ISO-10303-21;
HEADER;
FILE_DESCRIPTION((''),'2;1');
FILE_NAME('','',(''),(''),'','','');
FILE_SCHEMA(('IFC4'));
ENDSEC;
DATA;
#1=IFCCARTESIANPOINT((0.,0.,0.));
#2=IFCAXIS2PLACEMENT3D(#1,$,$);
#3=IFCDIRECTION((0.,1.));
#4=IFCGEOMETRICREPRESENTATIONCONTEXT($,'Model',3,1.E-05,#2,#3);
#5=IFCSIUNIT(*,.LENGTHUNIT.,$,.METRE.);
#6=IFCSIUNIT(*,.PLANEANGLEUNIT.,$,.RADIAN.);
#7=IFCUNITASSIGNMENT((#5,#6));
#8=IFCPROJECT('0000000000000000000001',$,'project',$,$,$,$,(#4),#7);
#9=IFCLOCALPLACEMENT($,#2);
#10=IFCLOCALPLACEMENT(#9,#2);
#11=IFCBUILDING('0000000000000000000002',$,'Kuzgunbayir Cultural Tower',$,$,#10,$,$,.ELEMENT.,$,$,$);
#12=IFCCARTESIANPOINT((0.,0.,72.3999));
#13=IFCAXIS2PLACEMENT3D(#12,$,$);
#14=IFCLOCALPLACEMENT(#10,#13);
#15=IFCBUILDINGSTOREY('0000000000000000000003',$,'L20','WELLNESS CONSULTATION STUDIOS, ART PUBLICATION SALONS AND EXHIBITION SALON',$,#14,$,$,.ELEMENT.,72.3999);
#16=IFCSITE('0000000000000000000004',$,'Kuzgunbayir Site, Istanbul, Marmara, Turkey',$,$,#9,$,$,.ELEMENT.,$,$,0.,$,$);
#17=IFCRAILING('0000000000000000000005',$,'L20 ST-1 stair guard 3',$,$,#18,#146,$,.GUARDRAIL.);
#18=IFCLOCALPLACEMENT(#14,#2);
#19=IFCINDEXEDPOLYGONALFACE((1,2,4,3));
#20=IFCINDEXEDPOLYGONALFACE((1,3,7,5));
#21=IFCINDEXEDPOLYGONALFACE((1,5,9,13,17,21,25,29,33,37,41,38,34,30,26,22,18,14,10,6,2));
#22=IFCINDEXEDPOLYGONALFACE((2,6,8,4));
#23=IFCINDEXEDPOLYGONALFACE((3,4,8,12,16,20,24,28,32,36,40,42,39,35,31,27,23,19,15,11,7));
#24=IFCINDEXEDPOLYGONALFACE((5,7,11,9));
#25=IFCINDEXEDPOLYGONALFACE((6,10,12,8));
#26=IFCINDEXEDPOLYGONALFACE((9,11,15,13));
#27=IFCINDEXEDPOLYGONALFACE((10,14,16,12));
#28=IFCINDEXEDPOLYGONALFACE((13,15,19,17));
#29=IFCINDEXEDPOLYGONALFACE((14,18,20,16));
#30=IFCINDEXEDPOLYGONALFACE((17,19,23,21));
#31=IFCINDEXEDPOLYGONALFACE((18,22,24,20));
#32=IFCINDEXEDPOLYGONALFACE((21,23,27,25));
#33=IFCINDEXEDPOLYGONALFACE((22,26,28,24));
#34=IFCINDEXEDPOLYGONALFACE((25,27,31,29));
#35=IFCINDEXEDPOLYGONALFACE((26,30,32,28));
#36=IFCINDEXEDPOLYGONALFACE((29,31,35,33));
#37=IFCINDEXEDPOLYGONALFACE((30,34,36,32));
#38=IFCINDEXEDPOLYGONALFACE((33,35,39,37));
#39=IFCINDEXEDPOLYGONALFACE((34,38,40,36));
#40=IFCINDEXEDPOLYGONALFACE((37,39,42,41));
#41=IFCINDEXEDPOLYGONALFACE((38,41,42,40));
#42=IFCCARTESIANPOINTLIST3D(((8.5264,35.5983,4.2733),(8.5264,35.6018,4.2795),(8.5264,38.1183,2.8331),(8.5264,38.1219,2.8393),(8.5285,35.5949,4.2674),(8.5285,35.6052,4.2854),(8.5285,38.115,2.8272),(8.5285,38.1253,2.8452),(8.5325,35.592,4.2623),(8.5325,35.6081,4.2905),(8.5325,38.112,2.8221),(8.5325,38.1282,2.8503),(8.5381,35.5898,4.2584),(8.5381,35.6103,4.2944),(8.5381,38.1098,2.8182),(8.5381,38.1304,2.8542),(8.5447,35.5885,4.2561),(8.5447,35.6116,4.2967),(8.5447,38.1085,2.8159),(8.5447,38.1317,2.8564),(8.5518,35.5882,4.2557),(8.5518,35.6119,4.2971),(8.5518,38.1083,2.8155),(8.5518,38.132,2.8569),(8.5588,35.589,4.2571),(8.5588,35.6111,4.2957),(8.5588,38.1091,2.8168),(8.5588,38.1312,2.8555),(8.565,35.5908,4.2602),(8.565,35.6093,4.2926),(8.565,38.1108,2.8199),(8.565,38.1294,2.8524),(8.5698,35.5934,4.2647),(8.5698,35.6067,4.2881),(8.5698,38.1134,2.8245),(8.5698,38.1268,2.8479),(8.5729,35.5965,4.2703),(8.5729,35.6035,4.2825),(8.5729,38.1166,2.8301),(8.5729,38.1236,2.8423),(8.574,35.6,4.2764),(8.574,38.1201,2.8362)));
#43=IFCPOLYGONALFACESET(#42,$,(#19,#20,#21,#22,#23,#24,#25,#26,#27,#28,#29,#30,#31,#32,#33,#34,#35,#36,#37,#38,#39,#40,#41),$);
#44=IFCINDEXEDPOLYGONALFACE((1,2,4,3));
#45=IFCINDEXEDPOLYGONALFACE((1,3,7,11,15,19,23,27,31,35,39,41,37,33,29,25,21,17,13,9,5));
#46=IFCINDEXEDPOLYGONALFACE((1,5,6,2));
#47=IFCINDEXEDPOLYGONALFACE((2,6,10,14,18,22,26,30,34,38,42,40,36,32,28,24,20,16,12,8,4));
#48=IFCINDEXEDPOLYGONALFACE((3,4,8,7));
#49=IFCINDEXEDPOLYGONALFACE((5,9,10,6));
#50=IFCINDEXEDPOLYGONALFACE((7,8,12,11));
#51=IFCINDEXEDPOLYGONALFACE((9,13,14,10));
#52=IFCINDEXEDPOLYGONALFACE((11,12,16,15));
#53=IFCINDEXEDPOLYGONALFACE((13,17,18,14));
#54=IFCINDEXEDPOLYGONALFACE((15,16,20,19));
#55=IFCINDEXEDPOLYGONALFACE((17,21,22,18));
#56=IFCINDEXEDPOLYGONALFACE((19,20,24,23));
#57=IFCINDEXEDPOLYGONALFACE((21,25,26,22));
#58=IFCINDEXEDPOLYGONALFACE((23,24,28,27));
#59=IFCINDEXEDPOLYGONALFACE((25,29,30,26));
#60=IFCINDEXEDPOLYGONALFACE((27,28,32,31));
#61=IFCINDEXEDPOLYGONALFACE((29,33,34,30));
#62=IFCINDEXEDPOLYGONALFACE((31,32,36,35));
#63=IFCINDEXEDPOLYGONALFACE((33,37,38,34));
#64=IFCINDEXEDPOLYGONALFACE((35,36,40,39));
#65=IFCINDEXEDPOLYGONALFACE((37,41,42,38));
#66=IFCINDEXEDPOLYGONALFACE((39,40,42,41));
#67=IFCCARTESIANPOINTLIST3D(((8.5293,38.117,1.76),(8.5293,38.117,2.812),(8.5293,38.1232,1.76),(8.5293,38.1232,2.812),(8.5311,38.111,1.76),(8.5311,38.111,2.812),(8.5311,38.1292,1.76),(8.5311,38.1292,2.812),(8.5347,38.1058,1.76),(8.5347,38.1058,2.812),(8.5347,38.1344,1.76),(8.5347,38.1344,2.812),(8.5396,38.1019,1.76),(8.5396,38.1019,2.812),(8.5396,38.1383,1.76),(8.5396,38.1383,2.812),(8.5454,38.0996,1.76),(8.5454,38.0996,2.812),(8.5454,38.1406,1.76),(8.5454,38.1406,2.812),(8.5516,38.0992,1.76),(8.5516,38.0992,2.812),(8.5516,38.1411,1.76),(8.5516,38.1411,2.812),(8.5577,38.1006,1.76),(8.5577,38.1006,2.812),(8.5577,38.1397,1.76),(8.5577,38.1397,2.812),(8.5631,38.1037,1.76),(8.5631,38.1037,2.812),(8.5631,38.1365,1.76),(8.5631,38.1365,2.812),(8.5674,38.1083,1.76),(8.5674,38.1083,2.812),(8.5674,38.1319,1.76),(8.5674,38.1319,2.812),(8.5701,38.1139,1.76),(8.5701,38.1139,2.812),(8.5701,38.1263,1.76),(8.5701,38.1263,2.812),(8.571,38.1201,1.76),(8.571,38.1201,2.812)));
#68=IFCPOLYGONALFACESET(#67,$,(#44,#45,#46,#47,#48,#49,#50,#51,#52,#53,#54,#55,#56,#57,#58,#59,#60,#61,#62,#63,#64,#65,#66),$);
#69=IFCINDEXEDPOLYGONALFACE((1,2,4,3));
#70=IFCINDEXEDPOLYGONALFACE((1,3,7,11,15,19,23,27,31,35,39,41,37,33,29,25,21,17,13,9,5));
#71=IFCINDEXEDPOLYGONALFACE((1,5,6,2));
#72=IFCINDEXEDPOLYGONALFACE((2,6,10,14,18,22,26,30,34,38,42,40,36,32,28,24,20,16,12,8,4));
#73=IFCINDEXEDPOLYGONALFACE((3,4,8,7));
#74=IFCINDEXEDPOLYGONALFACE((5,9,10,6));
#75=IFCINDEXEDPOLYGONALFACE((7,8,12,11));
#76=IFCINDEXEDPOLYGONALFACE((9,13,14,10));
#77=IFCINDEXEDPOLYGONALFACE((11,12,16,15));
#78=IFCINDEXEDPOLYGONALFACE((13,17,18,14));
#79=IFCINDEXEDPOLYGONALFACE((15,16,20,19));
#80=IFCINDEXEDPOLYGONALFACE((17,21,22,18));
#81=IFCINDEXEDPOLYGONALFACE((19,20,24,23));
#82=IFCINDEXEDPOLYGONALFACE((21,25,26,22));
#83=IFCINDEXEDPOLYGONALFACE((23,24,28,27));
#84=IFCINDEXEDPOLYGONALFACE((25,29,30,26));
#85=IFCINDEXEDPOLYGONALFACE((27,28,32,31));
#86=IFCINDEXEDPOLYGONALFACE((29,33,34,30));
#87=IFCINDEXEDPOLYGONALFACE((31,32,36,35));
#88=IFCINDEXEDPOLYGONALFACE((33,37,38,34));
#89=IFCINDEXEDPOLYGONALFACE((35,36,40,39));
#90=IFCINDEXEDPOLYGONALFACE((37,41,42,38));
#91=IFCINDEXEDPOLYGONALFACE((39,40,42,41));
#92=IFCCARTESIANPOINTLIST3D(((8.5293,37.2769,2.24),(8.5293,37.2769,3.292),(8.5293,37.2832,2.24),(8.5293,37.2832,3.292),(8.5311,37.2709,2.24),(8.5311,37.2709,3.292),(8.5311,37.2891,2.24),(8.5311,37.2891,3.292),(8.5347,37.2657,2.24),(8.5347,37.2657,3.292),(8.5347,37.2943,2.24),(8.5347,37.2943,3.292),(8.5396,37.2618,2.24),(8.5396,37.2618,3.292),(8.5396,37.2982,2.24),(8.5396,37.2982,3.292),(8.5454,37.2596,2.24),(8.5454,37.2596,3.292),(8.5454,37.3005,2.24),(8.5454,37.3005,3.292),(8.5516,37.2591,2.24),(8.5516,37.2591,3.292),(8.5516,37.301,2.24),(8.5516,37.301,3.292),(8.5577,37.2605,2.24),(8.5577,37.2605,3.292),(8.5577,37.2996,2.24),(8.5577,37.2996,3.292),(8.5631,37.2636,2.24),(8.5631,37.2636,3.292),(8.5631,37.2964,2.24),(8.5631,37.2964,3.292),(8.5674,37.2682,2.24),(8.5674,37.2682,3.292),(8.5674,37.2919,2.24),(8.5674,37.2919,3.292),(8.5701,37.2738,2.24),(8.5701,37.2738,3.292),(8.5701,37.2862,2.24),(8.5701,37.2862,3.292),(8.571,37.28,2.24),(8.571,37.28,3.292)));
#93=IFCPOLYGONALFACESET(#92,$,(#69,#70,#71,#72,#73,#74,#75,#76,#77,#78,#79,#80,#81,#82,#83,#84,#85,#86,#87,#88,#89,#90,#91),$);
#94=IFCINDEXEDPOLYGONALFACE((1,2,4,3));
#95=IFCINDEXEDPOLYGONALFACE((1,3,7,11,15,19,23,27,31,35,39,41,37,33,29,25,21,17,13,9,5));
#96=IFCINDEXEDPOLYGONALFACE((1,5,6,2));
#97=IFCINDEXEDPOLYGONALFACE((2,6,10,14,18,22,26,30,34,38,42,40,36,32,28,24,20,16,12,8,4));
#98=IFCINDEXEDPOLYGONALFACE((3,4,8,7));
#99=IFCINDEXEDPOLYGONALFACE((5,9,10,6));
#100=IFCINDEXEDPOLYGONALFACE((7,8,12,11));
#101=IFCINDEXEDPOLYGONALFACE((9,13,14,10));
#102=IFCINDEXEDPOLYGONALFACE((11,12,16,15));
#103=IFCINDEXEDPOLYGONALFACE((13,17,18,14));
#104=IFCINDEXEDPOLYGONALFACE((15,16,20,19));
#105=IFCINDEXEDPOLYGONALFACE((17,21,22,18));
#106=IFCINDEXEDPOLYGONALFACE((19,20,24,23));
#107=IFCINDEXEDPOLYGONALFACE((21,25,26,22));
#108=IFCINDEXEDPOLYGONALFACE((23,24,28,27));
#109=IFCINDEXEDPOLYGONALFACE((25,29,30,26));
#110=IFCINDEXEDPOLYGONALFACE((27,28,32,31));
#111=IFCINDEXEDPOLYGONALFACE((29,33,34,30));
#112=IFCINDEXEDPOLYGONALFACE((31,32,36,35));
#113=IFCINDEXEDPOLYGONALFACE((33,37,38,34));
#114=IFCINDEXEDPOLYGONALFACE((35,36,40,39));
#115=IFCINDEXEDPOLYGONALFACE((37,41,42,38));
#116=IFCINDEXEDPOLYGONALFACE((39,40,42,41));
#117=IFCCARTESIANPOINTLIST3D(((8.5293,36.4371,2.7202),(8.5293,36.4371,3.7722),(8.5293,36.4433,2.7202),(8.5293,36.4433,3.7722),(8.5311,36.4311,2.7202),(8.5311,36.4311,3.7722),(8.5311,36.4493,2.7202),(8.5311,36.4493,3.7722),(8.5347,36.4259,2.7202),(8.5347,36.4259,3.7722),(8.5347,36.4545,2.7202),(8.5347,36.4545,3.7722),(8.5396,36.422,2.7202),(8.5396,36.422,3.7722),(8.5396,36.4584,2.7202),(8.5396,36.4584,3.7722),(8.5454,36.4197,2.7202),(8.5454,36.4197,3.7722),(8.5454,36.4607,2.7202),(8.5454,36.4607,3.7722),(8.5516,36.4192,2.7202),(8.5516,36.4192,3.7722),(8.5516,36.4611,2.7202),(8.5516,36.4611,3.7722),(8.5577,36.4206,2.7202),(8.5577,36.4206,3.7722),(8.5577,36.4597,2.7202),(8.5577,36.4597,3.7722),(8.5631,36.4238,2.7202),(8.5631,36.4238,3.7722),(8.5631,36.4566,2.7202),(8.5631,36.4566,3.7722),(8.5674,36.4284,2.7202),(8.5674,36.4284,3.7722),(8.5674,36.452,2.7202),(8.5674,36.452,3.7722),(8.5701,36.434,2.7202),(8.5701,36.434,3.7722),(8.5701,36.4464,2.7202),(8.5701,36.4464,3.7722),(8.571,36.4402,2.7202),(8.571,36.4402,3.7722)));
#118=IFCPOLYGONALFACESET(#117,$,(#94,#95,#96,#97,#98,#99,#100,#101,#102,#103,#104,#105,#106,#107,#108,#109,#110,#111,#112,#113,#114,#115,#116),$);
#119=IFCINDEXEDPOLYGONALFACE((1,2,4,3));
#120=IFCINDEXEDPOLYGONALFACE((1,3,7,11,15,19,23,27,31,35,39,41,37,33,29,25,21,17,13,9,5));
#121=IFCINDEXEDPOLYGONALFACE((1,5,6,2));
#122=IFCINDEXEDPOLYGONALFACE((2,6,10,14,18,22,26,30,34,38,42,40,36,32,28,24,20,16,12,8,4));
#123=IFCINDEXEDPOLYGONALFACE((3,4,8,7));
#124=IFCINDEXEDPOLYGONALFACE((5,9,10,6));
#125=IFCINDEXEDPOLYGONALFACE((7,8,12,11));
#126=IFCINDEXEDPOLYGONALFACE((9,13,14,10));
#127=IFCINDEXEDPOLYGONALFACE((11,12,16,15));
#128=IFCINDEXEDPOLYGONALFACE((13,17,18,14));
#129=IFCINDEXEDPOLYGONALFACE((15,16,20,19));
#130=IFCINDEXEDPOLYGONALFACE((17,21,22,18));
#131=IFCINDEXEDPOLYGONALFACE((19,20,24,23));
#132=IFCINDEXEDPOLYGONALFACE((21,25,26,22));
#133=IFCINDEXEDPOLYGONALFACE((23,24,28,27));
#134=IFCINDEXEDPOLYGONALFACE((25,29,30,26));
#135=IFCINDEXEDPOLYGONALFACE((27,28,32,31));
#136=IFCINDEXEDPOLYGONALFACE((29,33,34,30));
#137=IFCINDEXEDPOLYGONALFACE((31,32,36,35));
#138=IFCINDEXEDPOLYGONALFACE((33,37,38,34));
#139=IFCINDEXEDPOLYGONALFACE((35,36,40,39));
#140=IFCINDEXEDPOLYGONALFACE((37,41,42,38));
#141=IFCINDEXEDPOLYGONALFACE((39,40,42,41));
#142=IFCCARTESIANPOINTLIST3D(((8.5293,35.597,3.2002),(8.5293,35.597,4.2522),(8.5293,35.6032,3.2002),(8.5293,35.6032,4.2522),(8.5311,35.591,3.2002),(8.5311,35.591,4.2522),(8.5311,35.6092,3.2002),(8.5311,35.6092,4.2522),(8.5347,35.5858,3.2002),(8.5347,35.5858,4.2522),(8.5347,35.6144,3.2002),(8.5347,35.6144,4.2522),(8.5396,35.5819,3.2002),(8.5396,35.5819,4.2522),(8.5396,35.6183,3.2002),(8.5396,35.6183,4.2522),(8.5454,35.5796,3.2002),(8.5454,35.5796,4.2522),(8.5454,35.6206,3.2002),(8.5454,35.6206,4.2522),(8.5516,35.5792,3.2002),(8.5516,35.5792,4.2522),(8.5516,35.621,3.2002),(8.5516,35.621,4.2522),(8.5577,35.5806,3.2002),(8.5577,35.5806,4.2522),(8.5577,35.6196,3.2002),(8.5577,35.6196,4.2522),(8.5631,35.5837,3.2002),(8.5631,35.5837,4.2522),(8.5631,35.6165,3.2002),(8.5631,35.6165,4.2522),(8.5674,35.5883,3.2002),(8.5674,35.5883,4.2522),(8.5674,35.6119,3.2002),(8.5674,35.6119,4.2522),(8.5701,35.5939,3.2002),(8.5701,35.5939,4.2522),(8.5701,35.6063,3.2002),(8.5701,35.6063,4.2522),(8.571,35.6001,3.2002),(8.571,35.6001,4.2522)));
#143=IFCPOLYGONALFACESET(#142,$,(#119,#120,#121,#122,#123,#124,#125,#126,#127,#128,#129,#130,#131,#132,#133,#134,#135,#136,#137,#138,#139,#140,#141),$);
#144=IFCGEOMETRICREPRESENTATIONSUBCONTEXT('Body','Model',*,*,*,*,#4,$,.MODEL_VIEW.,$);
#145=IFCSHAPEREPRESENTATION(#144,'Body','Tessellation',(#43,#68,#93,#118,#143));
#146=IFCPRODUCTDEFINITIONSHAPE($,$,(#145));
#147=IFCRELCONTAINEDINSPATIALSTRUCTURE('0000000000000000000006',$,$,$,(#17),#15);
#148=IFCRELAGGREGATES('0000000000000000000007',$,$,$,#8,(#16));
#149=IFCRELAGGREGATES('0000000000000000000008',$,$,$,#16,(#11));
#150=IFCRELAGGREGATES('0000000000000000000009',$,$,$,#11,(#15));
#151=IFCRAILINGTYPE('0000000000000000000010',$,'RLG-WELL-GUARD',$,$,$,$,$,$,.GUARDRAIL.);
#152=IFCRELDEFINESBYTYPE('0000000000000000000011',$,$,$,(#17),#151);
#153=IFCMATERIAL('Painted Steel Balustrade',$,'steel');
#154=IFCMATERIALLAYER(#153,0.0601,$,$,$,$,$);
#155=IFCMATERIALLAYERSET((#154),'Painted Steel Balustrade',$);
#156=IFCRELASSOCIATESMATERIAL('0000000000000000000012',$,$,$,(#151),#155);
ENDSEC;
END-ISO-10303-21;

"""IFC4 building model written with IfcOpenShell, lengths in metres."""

from ifc_helpers import new_model, si_unit, direction, frame, origin, origin_2d, place, context, subcontext, project, spatial, circle, extrude, material, layer, layer_set, type_object, element, save


model = new_model("IFC4")

# Units and contexts
model_context = context("Model", 3, precision=1e-05, world=origin(), true_north=direction((0.0, 1.0)))
body_context = subcontext(model_context, "Body", "Model", "MODEL_VIEW")
ifc_project = project(units=[si_unit("LENGTHUNIT", "METRE"), si_unit("PLANEANGLEUNIT", "RADIAN")], contexts=[model_context])

# Site, building, storey
site_placement = place(None, origin())
site = spatial("IfcSite", under=ifc_project, at=site_placement, Name="Kuzgunbayir Site, Istanbul, Marmara, Turkey", CompositionType="ELEMENT", RefElevation=0.0)
building_placement = place(site_placement, origin())
building = spatial("IfcBuilding", under=site, at=building_placement, Name="Kuzgunbayir Cultural Tower", CompositionType="ELEMENT")
storey_placement = place(building_placement, frame((0.0, 0.0, 72.3999)))
storey = spatial("IfcBuildingStorey", under=building, at=storey_placement, Name="L20", Description="WELLNESS CONSULTATION STUDIOS, ART PUBLICATION SALONS AND EXHIBITION SALON", CompositionType="ELEMENT", Elevation=72.3999)

# Railing
ifc_material_1 = material(Name="Painted Steel Balustrade", Category="steel")
ifc_layer_1 = layer(ifc_material_1, 0.0601)
ifc_layer_set_1 = layer_set([ifc_layer_1], Name="Painted Steel Balustrade")
railing_type_1 = type_object("IfcRailingType", Name="RLG-WELL-GUARD", PredefinedType="GUARDRAIL", material=ifc_layer_set_1)
railing_1_placement = place(storey_placement, frame((8.55, 38.1201, 1.76)))
element("IfcRailing", 1, at=railing_1_placement, inside=storey, type_object=railing_type_1, Name="L20 ST-1 stair guard 3", PredefinedType="GUARDRAIL", context=body_context, shape_type="SweptSolid", body=[
    extrude(circle(Radius=0.0239, at=origin_2d()), frame((0.0, 0.0, 1.0762), z_axis=(0.0, -0.868217, 0.496184), x_axis=(1.0, 0.0, 0.0)), (0.0, 0.0, 1.0), 2.9026),
    extrude(circle(Radius=0.021, at=origin_2d()), origin(), (0.0, 0.0, 1.0), 1.052),
    extrude(circle(Radius=0.021, at=origin_2d()), frame((0.0, -0.8401, 0.48)), (0.0, 0.0, 1.0), 1.052),
    extrude(circle(Radius=0.021, at=origin_2d()), frame((0.0, -1.6799, 0.9602)), (0.0, 0.0, 1.0), 1.052),
    extrude(circle(Radius=0.021, at=origin_2d()), frame((0.0, -2.52, 1.4402)), (0.0, 0.0, 1.0), 1.052),
])

save(model, "model.ifc")
